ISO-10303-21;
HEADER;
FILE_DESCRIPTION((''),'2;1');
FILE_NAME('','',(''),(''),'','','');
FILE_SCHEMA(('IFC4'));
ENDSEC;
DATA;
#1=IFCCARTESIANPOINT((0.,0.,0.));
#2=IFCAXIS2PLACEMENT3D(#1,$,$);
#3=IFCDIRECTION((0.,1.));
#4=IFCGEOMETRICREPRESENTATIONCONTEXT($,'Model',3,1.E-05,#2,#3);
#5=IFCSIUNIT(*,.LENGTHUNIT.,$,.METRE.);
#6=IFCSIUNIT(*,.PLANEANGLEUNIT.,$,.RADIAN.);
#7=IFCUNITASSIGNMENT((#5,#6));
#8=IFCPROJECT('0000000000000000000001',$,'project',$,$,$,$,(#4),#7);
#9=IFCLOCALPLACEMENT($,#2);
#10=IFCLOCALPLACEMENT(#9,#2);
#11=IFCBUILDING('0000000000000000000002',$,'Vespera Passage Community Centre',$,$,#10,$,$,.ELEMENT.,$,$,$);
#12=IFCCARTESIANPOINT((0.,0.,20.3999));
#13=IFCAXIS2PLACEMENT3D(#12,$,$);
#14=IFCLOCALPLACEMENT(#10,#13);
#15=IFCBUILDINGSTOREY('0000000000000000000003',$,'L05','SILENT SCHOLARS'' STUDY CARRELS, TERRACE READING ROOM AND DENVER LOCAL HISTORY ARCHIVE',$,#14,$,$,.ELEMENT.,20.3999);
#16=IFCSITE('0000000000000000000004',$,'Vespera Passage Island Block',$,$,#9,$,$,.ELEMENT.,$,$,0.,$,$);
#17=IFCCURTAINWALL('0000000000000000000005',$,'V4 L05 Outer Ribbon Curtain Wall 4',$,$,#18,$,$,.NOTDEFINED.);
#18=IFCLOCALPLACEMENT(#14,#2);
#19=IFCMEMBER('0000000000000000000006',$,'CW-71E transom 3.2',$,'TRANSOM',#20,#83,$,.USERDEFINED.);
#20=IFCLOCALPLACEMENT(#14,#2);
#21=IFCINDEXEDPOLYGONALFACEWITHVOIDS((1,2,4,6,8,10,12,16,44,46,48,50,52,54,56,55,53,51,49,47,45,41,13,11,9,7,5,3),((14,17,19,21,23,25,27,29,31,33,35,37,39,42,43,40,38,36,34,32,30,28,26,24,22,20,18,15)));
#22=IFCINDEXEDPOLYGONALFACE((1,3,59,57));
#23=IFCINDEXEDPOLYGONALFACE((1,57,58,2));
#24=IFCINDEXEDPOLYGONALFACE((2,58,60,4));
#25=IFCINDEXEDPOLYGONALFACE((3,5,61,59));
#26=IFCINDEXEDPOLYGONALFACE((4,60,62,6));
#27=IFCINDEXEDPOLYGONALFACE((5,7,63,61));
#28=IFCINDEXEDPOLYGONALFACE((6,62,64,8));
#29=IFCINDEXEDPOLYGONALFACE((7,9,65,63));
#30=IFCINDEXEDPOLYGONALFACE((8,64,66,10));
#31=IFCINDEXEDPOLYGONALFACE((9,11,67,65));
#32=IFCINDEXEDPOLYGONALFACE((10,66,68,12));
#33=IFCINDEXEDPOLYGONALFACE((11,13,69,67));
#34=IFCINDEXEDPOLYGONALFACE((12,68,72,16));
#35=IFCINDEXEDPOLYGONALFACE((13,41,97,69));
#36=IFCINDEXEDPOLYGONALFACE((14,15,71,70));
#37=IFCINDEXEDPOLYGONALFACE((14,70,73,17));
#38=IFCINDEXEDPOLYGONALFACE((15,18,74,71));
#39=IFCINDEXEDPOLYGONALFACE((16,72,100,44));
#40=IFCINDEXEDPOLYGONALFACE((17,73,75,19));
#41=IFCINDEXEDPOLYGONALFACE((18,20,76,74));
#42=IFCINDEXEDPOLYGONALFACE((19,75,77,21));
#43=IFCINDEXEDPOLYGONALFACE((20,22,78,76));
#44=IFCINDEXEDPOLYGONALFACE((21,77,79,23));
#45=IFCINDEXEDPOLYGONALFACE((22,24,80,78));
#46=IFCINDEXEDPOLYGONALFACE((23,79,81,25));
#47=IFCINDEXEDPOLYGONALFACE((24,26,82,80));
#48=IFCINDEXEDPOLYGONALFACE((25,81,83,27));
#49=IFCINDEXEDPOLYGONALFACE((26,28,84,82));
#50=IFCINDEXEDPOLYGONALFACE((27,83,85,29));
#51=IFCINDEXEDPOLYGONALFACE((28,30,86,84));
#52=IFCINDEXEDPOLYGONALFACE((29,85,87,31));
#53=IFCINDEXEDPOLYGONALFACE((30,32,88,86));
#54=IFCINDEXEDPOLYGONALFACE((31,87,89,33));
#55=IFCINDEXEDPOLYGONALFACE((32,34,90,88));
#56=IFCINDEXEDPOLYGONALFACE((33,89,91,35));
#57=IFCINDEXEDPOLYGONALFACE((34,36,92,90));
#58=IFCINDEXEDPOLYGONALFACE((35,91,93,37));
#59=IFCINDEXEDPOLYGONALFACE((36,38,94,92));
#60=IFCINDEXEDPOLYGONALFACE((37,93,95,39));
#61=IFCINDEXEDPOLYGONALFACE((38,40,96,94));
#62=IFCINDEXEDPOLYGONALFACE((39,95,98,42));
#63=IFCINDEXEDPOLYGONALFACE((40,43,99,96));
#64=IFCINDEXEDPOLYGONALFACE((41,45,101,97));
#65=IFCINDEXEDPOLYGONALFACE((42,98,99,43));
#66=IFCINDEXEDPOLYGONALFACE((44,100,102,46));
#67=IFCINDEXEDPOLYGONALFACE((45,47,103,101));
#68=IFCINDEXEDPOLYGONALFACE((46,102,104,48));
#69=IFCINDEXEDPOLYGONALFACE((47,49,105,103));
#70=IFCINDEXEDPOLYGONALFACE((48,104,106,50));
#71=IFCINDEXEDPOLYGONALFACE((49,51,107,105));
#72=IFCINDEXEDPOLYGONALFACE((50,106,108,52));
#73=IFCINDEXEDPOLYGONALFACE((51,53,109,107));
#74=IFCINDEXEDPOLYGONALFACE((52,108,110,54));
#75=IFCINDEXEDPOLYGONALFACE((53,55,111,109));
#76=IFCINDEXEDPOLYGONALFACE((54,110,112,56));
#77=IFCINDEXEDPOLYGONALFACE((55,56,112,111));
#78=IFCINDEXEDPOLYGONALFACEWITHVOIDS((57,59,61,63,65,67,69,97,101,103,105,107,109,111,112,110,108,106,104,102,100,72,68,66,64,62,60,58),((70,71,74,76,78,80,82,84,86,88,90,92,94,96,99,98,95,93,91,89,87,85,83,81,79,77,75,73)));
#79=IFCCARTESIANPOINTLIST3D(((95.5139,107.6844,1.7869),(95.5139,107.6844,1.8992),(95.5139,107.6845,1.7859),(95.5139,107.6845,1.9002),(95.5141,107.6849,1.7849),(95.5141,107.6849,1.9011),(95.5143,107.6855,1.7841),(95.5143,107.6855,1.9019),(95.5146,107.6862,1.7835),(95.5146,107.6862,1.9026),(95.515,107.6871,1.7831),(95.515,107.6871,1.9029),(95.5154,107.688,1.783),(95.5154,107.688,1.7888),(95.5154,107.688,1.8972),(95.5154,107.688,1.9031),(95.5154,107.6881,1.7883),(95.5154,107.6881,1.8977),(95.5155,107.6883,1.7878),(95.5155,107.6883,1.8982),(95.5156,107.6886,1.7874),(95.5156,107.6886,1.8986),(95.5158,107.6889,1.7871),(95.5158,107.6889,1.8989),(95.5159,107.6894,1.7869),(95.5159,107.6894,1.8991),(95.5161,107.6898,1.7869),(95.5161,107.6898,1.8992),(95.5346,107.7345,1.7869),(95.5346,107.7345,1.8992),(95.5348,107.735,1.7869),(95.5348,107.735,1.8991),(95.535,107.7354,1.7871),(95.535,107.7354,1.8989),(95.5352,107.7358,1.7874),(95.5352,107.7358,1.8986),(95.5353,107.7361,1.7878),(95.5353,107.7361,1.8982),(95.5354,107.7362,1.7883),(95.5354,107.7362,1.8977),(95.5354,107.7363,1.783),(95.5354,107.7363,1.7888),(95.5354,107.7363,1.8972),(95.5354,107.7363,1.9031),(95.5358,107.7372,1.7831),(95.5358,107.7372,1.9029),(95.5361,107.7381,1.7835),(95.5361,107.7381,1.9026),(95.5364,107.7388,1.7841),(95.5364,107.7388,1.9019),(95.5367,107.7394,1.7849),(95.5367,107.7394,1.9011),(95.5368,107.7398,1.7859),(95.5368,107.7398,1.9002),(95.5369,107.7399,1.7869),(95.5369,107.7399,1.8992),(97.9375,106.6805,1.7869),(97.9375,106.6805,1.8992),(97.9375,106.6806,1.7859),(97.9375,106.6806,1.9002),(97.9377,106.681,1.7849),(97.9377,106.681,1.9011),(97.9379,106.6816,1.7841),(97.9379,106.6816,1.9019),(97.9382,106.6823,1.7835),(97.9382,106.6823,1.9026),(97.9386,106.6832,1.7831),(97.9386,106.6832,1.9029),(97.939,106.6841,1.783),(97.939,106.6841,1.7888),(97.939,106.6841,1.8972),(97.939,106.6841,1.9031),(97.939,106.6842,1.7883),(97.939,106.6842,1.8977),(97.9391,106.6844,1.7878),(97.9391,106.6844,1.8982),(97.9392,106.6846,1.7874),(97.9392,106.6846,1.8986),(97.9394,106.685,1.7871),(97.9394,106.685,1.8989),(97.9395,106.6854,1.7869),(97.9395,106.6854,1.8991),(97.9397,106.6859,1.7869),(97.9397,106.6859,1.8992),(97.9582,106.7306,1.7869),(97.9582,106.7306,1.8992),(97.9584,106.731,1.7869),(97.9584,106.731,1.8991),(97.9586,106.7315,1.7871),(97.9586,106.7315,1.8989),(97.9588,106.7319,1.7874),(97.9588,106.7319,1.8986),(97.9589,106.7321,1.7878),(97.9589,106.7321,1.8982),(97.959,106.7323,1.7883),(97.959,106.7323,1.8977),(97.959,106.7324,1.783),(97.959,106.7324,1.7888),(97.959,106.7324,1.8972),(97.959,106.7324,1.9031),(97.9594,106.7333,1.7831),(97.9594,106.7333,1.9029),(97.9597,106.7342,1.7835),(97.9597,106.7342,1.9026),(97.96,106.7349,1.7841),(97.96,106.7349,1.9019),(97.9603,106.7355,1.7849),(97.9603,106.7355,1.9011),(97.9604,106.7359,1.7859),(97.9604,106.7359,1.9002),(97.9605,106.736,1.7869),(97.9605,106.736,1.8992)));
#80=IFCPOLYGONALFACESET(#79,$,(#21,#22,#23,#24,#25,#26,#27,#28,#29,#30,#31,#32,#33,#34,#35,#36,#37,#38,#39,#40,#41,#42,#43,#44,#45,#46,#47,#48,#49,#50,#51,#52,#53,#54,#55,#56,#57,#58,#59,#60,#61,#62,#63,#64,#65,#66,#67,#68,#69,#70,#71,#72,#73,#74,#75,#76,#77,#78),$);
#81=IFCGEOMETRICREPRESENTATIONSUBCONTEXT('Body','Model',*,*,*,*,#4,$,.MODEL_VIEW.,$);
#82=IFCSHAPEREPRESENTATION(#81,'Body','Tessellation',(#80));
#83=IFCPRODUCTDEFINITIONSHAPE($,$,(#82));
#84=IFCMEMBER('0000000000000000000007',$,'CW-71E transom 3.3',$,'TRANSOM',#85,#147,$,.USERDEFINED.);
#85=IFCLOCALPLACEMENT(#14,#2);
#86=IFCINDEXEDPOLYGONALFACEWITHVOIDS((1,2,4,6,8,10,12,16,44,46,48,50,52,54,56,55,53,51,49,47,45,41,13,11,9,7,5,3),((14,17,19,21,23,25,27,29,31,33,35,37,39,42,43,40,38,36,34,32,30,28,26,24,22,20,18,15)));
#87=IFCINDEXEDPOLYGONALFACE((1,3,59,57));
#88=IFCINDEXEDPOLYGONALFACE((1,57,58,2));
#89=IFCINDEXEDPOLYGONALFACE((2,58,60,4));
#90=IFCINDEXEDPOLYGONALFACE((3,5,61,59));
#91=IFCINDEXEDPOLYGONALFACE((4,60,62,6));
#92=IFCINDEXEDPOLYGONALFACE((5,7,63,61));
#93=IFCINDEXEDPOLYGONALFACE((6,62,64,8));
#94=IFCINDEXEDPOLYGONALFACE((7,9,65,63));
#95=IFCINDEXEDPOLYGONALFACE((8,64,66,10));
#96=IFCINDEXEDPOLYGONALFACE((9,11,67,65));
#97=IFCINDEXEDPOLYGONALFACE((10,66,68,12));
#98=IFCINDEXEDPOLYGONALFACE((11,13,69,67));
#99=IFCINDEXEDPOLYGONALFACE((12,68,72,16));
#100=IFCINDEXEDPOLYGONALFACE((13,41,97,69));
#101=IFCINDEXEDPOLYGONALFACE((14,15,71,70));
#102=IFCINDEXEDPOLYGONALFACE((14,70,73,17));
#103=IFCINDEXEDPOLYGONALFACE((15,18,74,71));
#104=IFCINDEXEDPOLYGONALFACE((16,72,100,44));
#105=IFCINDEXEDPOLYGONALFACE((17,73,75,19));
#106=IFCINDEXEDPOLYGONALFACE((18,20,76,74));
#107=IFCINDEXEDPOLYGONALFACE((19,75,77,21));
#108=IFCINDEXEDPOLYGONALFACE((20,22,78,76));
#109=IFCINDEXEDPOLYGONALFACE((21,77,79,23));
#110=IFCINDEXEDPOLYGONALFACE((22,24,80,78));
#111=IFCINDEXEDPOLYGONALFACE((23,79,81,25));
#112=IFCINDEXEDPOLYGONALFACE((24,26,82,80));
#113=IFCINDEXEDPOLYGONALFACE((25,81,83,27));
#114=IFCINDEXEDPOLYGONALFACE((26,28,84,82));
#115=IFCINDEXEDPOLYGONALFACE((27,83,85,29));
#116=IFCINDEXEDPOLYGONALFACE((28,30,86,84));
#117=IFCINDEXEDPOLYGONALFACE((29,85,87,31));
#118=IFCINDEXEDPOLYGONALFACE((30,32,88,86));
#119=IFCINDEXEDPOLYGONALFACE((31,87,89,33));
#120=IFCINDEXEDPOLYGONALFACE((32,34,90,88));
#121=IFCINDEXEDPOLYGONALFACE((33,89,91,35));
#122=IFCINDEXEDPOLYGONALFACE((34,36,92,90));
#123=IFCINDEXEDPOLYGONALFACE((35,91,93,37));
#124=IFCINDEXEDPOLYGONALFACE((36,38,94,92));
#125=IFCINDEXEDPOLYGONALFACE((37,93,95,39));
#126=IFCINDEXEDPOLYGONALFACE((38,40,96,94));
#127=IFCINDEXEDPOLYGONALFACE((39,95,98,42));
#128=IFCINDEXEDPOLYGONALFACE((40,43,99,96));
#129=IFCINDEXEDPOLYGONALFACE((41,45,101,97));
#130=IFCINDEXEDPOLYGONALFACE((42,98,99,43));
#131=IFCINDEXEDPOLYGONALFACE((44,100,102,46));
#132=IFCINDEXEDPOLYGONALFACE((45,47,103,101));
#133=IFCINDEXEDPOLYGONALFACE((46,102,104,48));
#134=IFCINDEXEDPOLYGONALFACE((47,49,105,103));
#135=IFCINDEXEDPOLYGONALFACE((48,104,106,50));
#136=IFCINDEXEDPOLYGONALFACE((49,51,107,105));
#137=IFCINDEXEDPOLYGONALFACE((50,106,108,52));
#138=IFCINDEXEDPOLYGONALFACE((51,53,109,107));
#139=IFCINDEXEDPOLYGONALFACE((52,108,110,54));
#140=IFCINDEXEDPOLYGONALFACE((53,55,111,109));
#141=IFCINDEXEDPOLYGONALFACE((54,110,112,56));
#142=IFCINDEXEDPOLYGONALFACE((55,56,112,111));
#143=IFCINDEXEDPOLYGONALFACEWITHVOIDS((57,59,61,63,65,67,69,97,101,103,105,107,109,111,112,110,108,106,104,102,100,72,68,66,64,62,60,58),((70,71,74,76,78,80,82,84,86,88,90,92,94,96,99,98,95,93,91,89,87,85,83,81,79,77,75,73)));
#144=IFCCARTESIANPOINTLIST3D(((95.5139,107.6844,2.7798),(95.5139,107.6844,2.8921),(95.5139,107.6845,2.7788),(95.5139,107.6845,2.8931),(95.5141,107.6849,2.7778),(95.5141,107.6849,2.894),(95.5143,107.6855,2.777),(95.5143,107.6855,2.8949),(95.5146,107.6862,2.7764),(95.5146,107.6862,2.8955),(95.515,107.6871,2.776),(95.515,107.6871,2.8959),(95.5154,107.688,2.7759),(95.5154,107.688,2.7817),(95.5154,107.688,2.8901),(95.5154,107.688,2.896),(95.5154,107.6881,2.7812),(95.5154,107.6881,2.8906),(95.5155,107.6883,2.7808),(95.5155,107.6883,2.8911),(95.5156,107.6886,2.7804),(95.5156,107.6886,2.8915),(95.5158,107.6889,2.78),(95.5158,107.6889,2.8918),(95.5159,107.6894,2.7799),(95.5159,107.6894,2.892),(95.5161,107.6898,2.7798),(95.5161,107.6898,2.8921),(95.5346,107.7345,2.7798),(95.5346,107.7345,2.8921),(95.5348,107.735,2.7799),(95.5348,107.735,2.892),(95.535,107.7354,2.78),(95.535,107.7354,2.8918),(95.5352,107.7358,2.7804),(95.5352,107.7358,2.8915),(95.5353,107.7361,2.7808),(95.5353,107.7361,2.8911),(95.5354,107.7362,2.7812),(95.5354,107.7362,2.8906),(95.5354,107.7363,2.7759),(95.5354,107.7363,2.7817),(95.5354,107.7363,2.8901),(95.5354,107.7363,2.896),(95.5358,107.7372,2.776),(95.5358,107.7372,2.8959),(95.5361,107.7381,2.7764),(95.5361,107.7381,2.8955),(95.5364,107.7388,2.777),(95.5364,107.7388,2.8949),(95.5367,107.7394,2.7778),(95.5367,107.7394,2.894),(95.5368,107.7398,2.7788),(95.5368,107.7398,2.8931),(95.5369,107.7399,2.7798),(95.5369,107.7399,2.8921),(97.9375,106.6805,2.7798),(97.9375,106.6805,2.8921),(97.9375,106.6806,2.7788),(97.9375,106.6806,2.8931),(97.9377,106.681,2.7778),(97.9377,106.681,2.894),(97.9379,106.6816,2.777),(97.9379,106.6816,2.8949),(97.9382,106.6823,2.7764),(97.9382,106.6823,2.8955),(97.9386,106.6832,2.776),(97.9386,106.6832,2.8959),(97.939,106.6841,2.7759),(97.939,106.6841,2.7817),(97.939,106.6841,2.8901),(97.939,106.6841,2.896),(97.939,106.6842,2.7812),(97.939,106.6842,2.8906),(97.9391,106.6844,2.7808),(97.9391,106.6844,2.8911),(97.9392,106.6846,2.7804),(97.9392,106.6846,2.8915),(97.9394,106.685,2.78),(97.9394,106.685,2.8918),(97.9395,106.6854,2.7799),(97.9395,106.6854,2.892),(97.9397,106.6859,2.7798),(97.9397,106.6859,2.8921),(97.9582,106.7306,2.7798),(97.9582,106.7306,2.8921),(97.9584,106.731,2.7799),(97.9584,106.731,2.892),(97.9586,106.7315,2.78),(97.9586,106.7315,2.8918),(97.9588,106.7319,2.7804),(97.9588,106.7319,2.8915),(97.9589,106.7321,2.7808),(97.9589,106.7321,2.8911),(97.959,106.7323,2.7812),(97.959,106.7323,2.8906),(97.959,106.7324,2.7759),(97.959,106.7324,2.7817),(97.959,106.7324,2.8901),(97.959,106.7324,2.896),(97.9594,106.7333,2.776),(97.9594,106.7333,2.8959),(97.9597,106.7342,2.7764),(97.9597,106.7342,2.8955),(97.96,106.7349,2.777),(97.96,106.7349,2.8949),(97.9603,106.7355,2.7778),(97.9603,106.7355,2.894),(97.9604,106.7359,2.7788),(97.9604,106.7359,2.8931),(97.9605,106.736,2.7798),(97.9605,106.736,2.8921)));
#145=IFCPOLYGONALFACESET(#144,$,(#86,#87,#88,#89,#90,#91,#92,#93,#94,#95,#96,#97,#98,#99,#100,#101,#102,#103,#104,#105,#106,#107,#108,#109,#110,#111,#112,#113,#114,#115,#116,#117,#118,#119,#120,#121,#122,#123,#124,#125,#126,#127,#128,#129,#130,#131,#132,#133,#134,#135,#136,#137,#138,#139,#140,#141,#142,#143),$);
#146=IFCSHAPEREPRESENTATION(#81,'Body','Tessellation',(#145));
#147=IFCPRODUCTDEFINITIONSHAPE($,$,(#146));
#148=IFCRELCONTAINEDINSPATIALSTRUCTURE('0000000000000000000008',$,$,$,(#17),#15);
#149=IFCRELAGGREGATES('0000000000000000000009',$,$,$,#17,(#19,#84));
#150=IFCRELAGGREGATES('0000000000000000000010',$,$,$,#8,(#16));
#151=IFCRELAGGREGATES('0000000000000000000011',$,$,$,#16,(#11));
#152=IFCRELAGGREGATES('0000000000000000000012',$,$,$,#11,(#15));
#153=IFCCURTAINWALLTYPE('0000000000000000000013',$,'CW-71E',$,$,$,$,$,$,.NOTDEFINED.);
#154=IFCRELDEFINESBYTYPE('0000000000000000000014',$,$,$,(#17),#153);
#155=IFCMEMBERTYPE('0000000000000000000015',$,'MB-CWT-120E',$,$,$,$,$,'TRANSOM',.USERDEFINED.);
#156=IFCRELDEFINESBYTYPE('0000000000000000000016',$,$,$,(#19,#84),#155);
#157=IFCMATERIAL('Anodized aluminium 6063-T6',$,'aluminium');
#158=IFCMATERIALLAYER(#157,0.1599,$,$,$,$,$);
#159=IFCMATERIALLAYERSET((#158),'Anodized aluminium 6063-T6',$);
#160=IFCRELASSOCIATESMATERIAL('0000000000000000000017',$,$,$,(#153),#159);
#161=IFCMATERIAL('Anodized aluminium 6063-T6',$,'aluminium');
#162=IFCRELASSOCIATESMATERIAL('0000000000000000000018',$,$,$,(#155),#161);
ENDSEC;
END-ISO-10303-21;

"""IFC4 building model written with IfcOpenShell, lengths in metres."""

from ifc_helpers import new_model, si_unit, direction, frame, origin, origin_2d, place, context, subcontext, project, spatial, hollow_rectangle, extrude, material, layer, layer_set, material_profile, profile_set, type_object, element, aggregate, save


model = new_model("IFC4")

# Units and contexts
model_context = context("Model", 3, precision=1e-05, world=origin(), true_north=direction((0.0, 1.0)))
body_context = subcontext(model_context, "Body", "Model", "MODEL_VIEW")
ifc_project = project(units=[si_unit("LENGTHUNIT", "METRE"), si_unit("PLANEANGLEUNIT", "RADIAN")], contexts=[model_context])

# Site, building, storey
site_placement = place(None, origin())
site = spatial("IfcSite", under=ifc_project, at=site_placement, Name="Vespera Passage Island Block", CompositionType="ELEMENT", RefElevation=0.0)
building_placement = place(site_placement, origin())
building = spatial("IfcBuilding", under=site, at=building_placement, Name="Vespera Passage Community Centre", CompositionType="ELEMENT")
storey_placement = place(building_placement, frame((0.0, 0.0, 20.3999)))
storey = spatial("IfcBuildingStorey", under=building, at=storey_placement, Name="L05", Description="SILENT SCHOLARS' STUDY CARRELS, TERRACE READING ROOM AND DENVER LOCAL HISTORY ARCHIVE", CompositionType="ELEMENT", Elevation=20.3999)

# Curtain wall, members
ifc_material_1 = material(Name="Anodized aluminium 6063-T6", Category="aluminium")
ifc_layer_1 = layer(ifc_material_1, 0.1599)
ifc_layer_set_1 = layer_set([ifc_layer_1], Name="Anodized aluminium 6063-T6")
curtain_wall_type_1 = type_object("IfcCurtainWallType", Name="CW-71E", PredefinedType="NOTDEFINED", material=ifc_layer_set_1)
curtain_wall_1_placement = place(storey_placement, origin())
curtain_wall_1 = element("IfcCurtainWall", 1, at=curtain_wall_1_placement, inside=storey, type_object=curtain_wall_type_1, Name="V4 L05 Outer Ribbon Curtain Wall 4", PredefinedType="NOTDEFINED")
ifc_material_2 = material(Name="Anodized aluminium 6063-T6", Category="aluminium")
ifc_material_profile_1 = material_profile(ifc_material_2, hollow_rectangle(XDim=0.0601, YDim=0.1201, WallThickness=0.0039, InnerFilletRadius=0.002, OuterFilletRadius=0.0039, at=origin_2d()), Name="ALU120X60X4")
ifc_profile_set_1 = profile_set([ifc_material_profile_1], Name="Anodized aluminium 6063-T6")
member_type_1 = type_object("IfcMemberType", Name="MB-CWT-120E", ElementType="TRANSOM", PredefinedType="USERDEFINED", material=ifc_profile_set_1)
member_1_placement = place(storey_placement, frame((95.5254, 107.7122, 1.843), z_axis=(0.923876, -0.382692, 0.0), x_axis=(0.382692, 0.923876, 0.0)))
member_1 = element("IfcMember", 2, at=member_1_placement, type_object=member_type_1, Name="CW-71E transom 3.2", ObjectType="TRANSOM", PredefinedType="USERDEFINED", context=body_context, shape_type="SweptSolid", body=[
    extrude(hollow_rectangle(XDim=0.0601, YDim=0.1201, WallThickness=0.0039, InnerFilletRadius=0.002, OuterFilletRadius=0.0039, at=origin_2d()), origin(), (0.0, 0.0, 1.0), 2.6233),
])
member_2_placement = place(storey_placement, frame((95.5254, 107.7122, 2.8359), z_axis=(0.923876, -0.382692, 0.0), x_axis=(0.382692, 0.923876, 0.0)))
member_2 = element("IfcMember", 3, at=member_2_placement, type_object=member_type_1, Name="CW-71E transom 3.3", ObjectType="TRANSOM", PredefinedType="USERDEFINED", context=body_context, shape_type="SweptSolid", body=[
    extrude(hollow_rectangle(XDim=0.0601, YDim=0.1201, WallThickness=0.0039, InnerFilletRadius=0.002, OuterFilletRadius=0.0039, at=origin_2d()), origin(), (0.0, 0.0, 1.0), 2.6233),
])
aggregate(curtain_wall_1, [member_1, member_2])

save(model, "model.ifc")
